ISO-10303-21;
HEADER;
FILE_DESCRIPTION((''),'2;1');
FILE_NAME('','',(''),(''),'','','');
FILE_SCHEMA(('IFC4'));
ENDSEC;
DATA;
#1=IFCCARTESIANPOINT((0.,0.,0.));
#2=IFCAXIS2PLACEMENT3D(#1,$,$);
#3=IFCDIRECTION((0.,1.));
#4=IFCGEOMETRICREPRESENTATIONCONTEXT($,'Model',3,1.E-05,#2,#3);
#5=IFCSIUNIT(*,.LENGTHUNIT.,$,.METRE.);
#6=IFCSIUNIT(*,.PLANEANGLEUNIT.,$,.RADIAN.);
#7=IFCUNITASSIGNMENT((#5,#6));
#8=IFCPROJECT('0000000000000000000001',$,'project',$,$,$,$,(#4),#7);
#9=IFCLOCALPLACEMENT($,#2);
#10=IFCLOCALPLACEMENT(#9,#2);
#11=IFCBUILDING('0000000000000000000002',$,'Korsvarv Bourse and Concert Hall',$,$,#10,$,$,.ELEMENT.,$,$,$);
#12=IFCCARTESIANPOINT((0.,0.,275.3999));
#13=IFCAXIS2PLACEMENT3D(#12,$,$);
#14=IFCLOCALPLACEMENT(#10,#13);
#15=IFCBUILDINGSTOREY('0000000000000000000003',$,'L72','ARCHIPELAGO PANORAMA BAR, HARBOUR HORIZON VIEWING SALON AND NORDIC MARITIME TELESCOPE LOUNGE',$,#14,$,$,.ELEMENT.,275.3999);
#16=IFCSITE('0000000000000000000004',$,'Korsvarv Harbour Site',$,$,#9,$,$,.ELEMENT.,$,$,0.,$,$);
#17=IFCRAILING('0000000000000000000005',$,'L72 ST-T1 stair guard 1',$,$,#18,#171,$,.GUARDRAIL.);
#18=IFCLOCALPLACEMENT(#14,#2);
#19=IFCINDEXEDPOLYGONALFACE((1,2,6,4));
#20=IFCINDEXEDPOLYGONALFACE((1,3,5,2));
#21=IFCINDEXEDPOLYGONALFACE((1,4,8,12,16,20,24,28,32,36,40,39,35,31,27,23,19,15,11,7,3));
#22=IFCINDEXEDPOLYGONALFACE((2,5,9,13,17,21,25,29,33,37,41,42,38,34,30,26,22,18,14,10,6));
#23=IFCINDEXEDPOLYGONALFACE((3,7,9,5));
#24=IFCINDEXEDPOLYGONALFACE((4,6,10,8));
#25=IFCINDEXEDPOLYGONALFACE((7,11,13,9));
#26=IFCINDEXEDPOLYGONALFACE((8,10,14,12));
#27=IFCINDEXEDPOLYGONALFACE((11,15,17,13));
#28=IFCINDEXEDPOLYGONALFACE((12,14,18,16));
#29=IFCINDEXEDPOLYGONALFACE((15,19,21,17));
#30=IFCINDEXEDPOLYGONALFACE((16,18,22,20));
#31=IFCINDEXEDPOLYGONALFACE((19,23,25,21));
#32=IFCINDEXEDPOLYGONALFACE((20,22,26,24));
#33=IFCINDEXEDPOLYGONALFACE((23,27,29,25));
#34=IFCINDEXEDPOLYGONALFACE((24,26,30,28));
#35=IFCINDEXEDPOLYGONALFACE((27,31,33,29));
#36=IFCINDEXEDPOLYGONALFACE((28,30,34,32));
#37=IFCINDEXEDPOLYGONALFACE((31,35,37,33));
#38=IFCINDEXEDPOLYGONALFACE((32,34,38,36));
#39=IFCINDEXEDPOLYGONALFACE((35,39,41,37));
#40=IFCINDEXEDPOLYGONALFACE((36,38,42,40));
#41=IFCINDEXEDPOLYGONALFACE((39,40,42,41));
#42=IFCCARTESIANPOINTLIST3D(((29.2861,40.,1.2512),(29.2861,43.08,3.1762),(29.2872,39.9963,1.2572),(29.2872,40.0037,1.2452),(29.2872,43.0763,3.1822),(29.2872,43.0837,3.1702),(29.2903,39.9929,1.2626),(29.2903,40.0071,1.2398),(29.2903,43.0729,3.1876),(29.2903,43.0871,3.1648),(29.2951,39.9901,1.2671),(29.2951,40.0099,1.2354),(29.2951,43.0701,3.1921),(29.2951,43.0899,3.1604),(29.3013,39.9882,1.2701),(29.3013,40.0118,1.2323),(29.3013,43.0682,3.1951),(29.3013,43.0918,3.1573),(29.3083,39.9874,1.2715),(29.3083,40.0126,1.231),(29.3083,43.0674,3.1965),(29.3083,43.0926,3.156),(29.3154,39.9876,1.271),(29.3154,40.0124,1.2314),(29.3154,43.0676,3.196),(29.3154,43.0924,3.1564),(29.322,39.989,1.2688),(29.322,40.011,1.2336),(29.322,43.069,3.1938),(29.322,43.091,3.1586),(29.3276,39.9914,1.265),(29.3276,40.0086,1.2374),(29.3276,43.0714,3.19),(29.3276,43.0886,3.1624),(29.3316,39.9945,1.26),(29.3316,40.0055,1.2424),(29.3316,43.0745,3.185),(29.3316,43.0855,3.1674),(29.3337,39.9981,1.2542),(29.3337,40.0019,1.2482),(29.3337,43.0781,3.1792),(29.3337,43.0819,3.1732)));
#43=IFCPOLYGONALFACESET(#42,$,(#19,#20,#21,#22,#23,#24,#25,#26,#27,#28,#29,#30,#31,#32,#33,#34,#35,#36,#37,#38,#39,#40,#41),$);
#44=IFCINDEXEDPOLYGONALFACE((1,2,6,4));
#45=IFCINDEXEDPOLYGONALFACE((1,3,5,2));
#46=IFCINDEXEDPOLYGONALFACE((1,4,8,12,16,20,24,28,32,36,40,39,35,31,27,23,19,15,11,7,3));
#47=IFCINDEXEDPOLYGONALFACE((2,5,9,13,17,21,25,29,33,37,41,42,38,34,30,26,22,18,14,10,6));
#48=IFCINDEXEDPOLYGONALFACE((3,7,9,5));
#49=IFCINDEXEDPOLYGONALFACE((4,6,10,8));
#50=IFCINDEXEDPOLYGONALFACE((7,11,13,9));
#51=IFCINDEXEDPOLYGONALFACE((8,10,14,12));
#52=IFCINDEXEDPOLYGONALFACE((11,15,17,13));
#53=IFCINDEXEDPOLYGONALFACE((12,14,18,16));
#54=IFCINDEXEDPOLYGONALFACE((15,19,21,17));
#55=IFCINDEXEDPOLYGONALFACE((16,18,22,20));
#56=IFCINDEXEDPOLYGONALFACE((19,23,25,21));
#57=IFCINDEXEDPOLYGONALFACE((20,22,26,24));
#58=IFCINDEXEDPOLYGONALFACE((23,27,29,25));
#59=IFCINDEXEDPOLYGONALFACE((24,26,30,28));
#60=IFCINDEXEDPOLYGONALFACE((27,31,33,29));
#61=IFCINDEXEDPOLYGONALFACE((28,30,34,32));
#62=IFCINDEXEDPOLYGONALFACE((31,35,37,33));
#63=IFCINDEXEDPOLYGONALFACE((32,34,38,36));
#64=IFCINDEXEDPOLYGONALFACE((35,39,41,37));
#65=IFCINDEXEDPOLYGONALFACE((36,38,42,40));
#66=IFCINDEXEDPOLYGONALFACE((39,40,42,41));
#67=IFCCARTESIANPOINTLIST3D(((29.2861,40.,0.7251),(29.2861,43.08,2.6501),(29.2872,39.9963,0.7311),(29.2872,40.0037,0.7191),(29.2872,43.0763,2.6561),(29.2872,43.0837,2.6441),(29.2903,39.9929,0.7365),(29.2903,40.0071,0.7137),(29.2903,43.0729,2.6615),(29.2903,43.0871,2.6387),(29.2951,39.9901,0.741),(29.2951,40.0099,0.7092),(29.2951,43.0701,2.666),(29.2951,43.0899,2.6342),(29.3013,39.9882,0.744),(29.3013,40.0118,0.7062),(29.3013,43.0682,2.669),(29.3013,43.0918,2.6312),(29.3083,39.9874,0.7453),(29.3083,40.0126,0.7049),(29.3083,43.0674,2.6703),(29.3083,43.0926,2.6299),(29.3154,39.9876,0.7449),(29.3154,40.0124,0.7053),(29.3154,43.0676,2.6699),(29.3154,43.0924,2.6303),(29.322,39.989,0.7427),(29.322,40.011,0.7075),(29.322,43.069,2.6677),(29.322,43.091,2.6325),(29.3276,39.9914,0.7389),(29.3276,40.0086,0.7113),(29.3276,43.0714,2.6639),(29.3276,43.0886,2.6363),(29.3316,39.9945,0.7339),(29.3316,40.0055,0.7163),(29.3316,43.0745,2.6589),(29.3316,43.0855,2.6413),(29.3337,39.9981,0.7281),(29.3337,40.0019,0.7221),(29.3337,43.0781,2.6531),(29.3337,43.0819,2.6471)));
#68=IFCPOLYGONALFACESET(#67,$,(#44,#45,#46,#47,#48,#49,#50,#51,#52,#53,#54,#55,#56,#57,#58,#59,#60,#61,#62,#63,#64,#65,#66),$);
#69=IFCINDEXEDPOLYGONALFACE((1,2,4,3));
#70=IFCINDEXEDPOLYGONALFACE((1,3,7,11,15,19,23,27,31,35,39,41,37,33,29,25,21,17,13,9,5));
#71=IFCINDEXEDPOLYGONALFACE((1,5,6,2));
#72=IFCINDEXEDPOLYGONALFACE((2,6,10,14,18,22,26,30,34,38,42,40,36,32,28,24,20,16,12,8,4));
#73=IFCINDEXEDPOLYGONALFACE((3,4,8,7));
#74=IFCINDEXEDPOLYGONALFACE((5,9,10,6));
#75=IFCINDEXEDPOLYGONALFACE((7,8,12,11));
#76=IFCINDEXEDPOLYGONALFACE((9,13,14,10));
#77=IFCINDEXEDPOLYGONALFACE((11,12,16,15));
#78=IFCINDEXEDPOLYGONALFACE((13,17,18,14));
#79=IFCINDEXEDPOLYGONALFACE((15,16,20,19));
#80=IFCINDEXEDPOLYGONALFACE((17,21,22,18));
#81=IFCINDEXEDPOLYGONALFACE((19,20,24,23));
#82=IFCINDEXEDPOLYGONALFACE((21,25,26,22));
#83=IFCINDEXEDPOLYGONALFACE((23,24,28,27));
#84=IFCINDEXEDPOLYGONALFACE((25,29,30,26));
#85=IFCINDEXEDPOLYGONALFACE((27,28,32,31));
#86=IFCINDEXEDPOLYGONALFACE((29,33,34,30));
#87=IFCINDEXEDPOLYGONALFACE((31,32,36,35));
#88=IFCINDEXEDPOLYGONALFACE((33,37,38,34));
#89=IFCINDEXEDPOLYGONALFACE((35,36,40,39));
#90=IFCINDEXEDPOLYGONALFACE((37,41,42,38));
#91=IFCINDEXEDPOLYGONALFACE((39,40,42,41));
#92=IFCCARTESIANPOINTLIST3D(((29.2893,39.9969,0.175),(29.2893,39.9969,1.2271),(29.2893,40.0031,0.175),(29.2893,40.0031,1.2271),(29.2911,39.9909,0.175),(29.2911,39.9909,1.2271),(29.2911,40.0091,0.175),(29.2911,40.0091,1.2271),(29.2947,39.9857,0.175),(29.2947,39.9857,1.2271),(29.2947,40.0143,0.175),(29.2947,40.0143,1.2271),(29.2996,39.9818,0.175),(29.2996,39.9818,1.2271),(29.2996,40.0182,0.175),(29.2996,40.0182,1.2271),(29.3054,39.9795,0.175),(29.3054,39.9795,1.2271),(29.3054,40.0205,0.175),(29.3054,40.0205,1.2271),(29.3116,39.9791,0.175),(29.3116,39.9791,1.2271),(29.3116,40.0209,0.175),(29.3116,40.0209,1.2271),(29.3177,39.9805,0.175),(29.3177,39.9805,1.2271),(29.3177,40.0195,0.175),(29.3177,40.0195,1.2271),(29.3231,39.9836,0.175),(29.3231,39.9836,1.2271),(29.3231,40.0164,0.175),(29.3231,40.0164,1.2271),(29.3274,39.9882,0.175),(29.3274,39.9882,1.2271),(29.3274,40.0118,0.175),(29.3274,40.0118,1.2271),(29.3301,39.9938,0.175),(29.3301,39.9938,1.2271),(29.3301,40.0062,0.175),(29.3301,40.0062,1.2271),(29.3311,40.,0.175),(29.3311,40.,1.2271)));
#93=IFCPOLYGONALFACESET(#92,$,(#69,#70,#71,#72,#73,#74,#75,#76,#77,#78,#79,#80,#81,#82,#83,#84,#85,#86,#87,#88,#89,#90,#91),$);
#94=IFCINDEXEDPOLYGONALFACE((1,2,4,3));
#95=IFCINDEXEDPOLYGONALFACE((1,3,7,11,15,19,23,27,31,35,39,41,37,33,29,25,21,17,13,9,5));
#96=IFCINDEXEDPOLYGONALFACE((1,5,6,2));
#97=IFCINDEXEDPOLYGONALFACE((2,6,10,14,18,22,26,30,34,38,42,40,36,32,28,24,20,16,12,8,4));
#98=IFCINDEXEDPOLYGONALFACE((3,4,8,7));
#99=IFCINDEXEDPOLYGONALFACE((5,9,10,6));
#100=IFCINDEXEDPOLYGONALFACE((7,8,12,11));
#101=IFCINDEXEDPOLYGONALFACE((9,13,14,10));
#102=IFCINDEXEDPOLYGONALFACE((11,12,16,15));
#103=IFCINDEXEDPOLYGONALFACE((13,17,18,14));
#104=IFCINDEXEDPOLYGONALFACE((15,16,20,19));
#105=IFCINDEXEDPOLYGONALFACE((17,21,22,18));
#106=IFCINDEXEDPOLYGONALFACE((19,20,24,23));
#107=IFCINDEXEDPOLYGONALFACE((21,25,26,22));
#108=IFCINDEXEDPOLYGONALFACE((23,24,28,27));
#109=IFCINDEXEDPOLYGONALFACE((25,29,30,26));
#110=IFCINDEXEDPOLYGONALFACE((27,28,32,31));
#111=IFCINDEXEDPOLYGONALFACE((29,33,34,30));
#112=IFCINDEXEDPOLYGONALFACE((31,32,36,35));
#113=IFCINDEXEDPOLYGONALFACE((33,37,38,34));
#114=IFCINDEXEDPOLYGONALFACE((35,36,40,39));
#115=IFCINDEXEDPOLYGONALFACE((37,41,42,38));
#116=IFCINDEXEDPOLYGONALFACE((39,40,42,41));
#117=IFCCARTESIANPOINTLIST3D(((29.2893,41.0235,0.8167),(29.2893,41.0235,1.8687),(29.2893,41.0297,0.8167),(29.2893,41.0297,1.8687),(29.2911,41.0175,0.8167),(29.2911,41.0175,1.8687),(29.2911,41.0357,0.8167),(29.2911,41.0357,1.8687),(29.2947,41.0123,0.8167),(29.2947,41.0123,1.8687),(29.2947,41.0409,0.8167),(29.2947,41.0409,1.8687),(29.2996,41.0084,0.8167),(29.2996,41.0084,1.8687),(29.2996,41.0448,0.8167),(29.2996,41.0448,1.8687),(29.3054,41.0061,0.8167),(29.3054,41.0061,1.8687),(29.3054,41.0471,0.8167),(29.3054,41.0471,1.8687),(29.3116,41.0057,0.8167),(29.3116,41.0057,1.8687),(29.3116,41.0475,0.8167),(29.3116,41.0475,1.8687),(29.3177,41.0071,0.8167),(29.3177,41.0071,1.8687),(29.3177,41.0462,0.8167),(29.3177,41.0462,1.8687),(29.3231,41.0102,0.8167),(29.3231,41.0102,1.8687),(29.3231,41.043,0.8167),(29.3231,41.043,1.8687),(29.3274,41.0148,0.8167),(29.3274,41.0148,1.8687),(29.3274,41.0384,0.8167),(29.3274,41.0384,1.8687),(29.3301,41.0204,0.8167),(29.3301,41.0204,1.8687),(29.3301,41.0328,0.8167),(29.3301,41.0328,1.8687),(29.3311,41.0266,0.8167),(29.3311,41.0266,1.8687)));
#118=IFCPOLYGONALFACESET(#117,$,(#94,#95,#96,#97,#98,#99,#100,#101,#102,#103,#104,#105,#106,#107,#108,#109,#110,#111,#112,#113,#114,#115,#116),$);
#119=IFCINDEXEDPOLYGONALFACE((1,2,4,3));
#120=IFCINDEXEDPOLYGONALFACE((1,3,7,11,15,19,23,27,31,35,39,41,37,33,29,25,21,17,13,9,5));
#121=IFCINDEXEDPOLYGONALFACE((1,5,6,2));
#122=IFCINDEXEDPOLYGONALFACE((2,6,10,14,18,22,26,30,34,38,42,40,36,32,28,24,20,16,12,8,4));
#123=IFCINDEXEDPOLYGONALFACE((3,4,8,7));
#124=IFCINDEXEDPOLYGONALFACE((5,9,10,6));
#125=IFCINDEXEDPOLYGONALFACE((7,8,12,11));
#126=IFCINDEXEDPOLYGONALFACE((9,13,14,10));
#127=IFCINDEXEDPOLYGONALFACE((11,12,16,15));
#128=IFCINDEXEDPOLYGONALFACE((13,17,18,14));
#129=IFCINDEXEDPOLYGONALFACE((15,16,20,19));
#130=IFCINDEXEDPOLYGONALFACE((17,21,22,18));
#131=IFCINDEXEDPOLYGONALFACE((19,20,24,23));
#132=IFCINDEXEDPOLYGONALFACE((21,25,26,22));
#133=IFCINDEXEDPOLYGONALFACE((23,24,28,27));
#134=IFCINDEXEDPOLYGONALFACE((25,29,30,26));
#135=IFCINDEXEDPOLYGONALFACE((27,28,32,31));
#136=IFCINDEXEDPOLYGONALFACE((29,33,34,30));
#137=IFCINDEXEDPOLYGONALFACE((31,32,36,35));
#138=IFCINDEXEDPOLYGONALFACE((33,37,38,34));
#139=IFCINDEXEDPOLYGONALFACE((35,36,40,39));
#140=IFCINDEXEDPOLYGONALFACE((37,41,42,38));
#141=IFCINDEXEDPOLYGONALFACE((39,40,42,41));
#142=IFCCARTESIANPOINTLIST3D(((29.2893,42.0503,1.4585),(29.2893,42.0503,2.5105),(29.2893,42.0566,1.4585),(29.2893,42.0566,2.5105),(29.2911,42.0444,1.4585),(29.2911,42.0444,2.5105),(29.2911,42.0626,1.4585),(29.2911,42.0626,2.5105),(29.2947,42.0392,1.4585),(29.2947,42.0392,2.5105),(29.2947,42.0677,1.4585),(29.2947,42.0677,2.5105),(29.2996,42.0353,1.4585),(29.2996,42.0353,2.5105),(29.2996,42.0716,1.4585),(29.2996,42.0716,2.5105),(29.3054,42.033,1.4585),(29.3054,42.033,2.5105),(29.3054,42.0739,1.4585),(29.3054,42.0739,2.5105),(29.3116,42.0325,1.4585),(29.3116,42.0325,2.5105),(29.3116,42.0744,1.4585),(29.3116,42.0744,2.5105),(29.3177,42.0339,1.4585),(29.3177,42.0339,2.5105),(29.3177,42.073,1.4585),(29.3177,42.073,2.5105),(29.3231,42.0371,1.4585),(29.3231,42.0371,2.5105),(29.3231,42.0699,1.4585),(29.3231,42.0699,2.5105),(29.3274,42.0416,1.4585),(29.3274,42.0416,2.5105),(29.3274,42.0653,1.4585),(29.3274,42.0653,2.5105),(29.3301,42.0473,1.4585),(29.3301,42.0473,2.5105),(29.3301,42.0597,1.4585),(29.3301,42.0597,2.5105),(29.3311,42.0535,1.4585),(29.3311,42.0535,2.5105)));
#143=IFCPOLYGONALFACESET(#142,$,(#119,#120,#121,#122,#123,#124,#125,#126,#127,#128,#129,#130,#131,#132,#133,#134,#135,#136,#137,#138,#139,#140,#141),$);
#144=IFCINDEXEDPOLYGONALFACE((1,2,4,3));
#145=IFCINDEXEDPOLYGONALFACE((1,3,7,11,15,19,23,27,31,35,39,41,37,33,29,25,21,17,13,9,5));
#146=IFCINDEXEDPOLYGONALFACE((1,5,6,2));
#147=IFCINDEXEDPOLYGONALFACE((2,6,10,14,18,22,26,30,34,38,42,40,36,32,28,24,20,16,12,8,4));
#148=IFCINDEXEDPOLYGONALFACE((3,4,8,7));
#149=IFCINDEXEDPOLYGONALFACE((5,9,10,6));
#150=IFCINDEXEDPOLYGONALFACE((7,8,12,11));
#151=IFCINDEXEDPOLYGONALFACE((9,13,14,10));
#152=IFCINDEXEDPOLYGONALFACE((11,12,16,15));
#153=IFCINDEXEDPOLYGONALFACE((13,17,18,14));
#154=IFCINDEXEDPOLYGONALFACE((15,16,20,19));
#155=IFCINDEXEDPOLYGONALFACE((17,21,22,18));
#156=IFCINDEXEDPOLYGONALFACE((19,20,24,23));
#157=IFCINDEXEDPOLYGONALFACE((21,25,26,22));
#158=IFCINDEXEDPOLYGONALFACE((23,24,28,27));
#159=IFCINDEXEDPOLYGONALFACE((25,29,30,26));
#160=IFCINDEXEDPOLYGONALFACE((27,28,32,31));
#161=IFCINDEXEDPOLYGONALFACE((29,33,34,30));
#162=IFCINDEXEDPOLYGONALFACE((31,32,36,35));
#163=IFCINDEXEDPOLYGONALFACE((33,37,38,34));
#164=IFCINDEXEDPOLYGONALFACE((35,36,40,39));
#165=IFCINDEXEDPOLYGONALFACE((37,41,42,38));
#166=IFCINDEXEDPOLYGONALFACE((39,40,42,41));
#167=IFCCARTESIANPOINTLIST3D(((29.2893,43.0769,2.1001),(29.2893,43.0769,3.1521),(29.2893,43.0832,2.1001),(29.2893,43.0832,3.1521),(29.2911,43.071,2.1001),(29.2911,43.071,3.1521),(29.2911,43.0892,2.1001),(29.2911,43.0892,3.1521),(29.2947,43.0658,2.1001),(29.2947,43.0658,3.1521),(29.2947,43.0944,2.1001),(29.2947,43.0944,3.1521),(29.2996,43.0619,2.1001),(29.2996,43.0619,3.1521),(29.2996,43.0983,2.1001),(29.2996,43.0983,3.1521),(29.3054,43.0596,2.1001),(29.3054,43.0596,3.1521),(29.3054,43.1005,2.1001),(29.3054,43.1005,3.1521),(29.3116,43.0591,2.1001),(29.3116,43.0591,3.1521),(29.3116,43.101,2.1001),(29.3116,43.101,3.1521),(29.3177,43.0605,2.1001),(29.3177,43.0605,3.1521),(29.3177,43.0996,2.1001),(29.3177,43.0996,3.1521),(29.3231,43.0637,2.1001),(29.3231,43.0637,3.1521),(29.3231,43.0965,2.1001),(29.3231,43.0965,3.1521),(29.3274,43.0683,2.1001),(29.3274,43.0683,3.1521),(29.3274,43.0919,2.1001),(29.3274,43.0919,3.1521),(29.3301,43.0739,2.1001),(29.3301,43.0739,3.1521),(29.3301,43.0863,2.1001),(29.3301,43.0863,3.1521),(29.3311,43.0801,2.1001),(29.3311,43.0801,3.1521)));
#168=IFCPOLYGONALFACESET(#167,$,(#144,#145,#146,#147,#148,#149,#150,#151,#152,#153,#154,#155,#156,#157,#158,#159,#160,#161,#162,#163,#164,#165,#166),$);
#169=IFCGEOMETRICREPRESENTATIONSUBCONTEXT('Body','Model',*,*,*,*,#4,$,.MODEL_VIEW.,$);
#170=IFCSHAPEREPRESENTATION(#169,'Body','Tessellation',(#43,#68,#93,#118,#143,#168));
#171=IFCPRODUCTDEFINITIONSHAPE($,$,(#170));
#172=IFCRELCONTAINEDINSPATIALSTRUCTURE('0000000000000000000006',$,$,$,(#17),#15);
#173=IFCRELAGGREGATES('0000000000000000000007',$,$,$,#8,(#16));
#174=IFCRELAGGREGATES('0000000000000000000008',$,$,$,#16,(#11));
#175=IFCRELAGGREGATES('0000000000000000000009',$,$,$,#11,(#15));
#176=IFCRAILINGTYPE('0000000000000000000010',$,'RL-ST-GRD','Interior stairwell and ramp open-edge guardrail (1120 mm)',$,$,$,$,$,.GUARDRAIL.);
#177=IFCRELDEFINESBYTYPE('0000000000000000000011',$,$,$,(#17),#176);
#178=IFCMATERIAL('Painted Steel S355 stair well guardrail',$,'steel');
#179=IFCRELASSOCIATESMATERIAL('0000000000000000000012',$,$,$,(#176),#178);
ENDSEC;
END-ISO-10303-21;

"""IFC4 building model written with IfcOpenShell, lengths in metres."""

from ifc_helpers import new_model, si_unit, direction, frame, origin, origin_2d, place, context, subcontext, project, spatial, circle, extrude, material, type_object, element, save


model = new_model("IFC4")

# Units and contexts
model_context = context("Model", 3, precision=1e-05, world=origin(), true_north=direction((0.0, 1.0)))
body_context = subcontext(model_context, "Body", "Model", "MODEL_VIEW")
ifc_project = project(units=[si_unit("LENGTHUNIT", "METRE"), si_unit("PLANEANGLEUNIT", "RADIAN")], contexts=[model_context])

# Site, building, storey
site_placement = place(None, origin())
site = spatial("IfcSite", under=ifc_project, at=site_placement, Name="Korsvarv Harbour Site", CompositionType="ELEMENT", RefElevation=0.0)
building_placement = place(site_placement, origin())
building = spatial("IfcBuilding", under=site, at=building_placement, Name="Korsvarv Bourse and Concert Hall", CompositionType="ELEMENT")
storey_placement = place(building_placement, frame((0.0, 0.0, 275.3999)))
storey = spatial("IfcBuildingStorey", under=building, at=storey_placement, Name="L72", Description="ARCHIPELAGO PANORAMA BAR, HARBOUR HORIZON VIEWING SALON AND NORDIC MARITIME TELESCOPE LOUNGE", CompositionType="ELEMENT", Elevation=275.3999)

# Railing
ifc_material_1 = material(Name="Painted Steel S355 stair well guardrail", Category="steel")
railing_type_1 = type_object("IfcRailingType", Name="RL-ST-GRD", Description="Interior stairwell and ramp open-edge guardrail (1120 mm)", PredefinedType="GUARDRAIL", material=ifc_material_1)
railing_1_placement = place(storey_placement, frame((29.3101, 40.0, 0.175)))
element("IfcRailing", 1, at=railing_1_placement, inside=storey, type_object=railing_type_1, Name="L72 ST-T1 stair guard 1", PredefinedType="GUARDRAIL", context=body_context, shape_type="SweptSolid", body=[
    extrude(circle(Radius=0.0239, at=origin_2d()), frame((0.0, 0.0, 1.0762), z_axis=(0.0, 0.847998, 0.529999), x_axis=(-1.0, 0.0, 0.0)), (0.0, 0.0, 1.0), 3.6321),
    extrude(circle(Radius=0.0239, at=origin_2d()), frame((0.0, 0.0, 0.55), z_axis=(0.0, 0.847998, 0.529999), x_axis=(-1.0, 0.0, 0.0)), (0.0, 0.0, 1.0), 3.6321),
    extrude(circle(Radius=0.021, at=origin_2d()), origin(), (0.0, 0.0, 1.0), 1.052),
    extrude(circle(Radius=0.021, at=origin_2d()), frame((0.0, 1.0266, 0.6416)), (0.0, 0.0, 1.0), 1.052),
    extrude(circle(Radius=0.021, at=origin_2d()), frame((0.0, 2.0535, 1.2834)), (0.0, 0.0, 1.0), 1.052),
    extrude(circle(Radius=0.021, at=origin_2d()), frame((0.0, 3.0801, 1.925)), (0.0, 0.0, 1.0), 1.052),
])

save(model, "model.ifc")
